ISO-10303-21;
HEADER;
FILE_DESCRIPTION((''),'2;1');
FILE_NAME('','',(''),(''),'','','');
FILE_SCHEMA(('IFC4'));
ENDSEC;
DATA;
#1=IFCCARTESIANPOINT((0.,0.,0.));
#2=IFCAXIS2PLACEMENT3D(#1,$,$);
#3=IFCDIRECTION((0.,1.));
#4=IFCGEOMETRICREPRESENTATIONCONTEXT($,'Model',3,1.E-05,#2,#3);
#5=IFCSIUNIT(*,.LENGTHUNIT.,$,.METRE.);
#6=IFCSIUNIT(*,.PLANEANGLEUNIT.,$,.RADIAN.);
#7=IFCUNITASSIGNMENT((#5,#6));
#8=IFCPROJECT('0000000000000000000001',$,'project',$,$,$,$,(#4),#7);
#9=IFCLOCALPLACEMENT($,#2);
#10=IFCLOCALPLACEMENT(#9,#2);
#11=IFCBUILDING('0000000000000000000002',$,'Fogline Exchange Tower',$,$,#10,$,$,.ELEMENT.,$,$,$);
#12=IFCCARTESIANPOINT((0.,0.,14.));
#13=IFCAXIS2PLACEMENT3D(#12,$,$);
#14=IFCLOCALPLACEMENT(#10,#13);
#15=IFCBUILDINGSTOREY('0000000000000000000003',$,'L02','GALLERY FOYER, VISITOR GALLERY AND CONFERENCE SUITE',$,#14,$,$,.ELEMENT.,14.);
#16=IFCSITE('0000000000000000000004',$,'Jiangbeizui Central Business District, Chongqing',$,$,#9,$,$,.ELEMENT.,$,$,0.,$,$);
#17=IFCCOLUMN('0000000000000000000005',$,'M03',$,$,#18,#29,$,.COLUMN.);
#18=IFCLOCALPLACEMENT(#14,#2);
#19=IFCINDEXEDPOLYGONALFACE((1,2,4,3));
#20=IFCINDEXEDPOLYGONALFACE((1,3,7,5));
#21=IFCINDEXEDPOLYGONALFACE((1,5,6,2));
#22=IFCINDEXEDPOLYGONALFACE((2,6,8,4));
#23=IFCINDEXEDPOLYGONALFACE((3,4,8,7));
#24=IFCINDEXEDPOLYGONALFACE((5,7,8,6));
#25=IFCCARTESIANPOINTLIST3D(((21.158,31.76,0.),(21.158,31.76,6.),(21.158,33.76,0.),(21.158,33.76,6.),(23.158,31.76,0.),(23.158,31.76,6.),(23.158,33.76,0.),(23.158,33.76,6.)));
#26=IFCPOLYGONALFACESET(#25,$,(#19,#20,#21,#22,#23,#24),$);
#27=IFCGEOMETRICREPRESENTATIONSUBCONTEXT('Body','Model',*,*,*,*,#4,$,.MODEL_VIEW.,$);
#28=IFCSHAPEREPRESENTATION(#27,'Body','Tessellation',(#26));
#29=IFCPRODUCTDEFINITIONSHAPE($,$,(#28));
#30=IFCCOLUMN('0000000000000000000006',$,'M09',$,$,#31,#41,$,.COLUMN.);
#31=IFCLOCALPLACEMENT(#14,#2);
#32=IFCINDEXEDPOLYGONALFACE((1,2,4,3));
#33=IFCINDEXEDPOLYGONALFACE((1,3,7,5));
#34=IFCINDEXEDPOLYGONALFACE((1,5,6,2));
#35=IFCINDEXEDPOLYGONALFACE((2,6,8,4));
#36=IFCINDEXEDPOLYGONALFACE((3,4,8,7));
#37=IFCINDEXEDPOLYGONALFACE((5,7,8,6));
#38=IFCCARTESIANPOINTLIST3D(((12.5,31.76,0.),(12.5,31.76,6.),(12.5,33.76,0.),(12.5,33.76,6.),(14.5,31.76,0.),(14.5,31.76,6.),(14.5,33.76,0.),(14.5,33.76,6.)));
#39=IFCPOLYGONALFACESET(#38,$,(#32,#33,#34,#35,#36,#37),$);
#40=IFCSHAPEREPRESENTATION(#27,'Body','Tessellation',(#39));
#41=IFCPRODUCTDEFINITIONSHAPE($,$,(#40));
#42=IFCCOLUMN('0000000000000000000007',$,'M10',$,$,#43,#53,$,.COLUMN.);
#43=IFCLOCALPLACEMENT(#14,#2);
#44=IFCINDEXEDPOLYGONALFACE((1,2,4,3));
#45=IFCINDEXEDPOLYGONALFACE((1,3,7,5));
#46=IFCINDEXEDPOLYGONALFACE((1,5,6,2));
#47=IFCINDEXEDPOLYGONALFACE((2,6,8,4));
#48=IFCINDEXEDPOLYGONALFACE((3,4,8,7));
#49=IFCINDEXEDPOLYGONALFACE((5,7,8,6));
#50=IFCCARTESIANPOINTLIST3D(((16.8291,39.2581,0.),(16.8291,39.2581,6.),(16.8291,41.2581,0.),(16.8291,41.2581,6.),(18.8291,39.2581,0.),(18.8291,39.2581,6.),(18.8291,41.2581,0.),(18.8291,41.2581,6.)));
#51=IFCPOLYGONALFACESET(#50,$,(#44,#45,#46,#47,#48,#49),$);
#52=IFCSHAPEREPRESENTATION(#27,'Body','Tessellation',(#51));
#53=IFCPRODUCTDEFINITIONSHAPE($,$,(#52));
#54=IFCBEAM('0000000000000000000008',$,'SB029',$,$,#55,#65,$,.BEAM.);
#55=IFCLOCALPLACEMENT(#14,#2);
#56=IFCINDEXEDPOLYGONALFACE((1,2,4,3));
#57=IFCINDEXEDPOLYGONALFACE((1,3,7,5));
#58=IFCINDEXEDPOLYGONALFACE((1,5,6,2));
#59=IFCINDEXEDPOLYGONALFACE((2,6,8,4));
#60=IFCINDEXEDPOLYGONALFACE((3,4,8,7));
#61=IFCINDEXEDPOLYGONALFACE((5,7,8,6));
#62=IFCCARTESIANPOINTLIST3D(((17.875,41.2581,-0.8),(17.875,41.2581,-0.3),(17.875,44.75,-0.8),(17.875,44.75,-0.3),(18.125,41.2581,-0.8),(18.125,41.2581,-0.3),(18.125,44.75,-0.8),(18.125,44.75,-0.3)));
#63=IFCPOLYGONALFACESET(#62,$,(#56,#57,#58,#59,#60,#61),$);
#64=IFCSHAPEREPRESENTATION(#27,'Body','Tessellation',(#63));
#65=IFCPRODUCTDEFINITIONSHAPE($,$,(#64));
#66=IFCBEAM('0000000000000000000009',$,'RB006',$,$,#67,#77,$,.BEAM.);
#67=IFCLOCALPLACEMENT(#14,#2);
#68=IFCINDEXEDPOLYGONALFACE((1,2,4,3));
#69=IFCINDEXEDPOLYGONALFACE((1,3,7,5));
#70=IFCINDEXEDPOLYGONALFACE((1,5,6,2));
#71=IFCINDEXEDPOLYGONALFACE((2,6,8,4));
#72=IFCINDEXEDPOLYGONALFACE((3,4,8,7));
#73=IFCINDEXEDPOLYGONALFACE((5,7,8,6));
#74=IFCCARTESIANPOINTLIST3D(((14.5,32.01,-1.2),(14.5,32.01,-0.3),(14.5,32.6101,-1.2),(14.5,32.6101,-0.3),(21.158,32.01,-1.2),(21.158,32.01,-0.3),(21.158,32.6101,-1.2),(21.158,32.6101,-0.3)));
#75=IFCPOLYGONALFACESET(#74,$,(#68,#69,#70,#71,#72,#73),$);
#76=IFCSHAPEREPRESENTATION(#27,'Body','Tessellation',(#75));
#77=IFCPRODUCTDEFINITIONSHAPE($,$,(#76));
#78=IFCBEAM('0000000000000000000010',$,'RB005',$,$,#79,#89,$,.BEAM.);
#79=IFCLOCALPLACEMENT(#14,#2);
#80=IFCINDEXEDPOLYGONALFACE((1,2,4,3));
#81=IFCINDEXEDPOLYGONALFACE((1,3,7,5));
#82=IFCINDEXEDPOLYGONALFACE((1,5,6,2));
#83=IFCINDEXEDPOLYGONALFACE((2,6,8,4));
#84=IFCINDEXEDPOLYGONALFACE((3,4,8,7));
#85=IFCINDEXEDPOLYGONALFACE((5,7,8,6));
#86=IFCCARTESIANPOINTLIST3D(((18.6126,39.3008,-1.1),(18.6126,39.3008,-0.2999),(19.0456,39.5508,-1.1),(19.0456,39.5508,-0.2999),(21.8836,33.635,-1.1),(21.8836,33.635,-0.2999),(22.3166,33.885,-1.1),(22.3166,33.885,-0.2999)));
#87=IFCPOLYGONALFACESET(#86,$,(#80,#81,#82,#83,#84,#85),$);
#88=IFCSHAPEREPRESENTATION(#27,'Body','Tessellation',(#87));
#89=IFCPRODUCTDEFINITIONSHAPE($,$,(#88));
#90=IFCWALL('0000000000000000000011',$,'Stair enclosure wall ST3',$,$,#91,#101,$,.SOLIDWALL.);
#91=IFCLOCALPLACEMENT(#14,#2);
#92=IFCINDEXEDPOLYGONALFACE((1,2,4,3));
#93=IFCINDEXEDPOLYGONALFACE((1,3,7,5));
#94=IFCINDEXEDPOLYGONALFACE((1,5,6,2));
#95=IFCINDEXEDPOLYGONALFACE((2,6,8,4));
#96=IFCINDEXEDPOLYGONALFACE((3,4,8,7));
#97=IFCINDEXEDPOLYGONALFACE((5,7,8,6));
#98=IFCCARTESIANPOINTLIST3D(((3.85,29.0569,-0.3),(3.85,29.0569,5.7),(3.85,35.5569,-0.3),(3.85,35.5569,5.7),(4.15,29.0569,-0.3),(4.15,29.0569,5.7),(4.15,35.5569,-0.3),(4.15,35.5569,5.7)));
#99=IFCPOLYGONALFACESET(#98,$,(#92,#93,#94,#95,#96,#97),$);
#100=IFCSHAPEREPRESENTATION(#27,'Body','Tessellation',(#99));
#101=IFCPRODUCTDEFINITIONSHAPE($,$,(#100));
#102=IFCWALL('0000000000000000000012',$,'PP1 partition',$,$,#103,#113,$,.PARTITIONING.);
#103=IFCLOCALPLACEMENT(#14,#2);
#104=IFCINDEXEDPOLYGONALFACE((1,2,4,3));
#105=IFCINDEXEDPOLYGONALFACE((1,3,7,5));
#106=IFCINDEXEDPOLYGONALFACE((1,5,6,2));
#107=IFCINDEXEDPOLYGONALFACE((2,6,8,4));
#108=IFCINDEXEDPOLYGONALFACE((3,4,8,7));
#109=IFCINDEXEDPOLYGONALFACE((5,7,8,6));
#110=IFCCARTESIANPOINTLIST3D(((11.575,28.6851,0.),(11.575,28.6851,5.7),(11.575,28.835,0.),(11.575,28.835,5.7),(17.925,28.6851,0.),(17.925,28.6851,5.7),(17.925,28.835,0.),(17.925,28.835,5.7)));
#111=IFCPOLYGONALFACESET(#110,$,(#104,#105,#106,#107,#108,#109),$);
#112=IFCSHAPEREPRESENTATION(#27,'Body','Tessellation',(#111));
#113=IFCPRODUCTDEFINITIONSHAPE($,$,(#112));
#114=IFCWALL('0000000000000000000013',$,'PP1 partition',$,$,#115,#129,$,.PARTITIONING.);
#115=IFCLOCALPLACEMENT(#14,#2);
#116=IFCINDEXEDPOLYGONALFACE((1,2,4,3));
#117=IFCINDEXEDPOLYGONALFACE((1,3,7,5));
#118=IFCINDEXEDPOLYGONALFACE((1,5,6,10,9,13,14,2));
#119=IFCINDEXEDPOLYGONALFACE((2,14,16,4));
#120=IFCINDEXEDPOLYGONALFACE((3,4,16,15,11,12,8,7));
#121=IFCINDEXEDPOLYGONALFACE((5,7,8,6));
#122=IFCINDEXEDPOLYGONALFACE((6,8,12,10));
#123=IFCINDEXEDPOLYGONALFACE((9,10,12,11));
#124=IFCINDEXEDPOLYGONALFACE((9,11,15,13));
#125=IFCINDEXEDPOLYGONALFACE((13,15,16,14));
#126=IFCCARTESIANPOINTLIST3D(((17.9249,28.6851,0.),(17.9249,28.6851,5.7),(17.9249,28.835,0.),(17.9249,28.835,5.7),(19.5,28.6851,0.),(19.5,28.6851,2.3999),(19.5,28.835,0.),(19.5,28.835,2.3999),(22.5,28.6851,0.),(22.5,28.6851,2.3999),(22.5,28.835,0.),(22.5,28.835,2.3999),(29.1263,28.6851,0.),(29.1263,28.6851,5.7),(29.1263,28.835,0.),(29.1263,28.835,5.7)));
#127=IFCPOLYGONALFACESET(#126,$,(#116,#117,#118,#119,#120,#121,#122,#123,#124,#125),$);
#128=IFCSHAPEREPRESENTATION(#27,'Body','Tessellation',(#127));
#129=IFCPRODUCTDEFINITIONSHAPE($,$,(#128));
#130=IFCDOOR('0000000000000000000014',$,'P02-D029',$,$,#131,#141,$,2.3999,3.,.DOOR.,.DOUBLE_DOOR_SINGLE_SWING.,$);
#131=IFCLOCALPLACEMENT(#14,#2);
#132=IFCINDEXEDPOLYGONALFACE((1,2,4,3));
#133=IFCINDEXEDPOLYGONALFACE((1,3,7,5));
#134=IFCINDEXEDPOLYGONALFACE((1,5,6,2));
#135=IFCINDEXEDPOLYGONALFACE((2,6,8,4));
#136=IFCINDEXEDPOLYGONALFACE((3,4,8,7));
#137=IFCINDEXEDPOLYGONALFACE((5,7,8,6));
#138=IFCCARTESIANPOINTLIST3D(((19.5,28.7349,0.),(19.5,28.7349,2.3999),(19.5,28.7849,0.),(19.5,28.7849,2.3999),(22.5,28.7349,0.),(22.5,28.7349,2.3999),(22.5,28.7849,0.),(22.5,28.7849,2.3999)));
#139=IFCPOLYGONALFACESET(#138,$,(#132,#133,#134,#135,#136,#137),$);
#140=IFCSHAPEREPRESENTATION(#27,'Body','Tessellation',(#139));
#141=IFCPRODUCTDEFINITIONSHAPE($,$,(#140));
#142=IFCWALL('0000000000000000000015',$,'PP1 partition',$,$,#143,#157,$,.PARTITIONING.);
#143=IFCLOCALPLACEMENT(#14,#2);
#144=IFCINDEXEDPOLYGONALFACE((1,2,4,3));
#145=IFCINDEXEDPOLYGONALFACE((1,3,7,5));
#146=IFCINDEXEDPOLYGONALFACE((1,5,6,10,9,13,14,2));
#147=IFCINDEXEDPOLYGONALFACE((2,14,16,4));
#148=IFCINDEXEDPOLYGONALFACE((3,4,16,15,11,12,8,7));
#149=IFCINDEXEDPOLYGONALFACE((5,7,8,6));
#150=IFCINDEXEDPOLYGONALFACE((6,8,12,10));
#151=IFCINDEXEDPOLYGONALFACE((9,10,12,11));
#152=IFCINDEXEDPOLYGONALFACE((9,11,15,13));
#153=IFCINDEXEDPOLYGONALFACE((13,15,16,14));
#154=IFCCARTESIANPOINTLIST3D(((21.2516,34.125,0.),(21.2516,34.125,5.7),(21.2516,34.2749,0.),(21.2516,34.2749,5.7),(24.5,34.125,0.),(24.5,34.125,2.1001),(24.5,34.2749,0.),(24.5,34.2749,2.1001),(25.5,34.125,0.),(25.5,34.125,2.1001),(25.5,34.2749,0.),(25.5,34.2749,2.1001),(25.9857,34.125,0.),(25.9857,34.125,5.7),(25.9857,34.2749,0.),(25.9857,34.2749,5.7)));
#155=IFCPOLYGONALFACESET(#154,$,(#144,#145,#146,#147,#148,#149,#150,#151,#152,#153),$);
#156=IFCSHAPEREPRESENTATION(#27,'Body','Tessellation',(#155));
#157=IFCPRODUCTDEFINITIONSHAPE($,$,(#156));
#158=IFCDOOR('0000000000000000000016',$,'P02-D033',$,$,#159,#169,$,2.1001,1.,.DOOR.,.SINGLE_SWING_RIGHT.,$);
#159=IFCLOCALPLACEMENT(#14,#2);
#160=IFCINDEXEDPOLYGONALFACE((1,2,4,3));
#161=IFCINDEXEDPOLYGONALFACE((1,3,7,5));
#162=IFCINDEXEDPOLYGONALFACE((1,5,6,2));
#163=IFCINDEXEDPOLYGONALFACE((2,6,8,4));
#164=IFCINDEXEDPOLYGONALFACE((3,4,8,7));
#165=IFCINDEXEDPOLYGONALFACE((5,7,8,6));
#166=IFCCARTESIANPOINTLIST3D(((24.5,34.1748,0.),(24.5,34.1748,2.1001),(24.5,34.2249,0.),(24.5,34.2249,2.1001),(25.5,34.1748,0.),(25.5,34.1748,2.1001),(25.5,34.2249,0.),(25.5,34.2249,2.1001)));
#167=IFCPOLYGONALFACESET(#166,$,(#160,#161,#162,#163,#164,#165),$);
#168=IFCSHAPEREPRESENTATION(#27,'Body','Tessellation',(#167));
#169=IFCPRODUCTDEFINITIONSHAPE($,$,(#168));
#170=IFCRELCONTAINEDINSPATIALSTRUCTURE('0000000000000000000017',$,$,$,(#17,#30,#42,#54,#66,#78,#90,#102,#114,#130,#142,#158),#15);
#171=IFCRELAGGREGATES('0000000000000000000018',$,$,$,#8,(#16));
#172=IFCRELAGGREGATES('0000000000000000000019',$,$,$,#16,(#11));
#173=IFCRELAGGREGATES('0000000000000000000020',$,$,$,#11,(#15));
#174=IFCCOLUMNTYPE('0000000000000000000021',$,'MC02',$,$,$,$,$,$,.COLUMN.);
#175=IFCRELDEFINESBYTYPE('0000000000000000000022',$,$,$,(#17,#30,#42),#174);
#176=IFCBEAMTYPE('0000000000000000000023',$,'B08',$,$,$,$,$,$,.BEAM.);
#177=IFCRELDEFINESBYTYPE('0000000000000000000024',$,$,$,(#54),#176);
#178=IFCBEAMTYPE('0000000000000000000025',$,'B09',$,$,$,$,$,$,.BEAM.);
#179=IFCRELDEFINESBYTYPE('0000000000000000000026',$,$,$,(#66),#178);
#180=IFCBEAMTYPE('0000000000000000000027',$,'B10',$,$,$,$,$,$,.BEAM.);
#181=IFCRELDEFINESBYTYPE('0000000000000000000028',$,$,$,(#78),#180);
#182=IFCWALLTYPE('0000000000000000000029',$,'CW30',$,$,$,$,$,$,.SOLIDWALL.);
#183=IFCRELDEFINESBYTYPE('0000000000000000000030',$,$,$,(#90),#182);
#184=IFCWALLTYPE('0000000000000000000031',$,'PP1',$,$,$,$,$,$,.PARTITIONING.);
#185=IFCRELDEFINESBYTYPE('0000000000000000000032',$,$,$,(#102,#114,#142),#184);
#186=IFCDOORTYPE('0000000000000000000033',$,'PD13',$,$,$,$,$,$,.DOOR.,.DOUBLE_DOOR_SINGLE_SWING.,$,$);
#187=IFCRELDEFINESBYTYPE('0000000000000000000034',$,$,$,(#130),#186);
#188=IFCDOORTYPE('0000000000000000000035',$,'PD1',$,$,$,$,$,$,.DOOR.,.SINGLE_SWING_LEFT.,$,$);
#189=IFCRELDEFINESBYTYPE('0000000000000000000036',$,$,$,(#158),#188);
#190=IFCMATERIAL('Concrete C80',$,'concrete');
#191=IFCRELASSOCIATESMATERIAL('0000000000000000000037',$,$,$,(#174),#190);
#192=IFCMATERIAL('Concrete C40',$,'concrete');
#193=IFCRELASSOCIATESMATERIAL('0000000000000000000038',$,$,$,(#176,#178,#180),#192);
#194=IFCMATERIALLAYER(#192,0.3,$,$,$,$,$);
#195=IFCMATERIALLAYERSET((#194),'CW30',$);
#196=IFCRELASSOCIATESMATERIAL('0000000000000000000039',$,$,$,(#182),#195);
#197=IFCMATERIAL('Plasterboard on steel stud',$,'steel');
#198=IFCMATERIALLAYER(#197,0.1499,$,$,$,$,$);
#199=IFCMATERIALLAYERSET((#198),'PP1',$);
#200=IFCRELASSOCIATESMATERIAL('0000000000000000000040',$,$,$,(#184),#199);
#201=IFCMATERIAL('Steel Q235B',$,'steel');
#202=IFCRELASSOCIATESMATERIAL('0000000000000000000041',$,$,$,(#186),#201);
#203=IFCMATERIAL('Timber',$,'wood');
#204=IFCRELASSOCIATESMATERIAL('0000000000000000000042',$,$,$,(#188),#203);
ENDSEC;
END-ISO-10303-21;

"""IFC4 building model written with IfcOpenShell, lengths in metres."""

from ifc_helpers import new_model, si_unit, direction, frame, frame_2d, origin, origin_2d, place, context, subcontext, project, spatial, rectangle, extrude, material, layer, layer_set, material_profile, profile_set, type_object, element, fill, save


model = new_model("IFC4")

# Units and contexts
model_context = context("Model", 3, precision=1e-05, world=origin(), true_north=direction((0.0, 1.0)))
body_context = subcontext(model_context, "Body", "Model", "MODEL_VIEW")
ifc_project = project(units=[si_unit("LENGTHUNIT", "METRE"), si_unit("PLANEANGLEUNIT", "RADIAN")], contexts=[model_context])

# Site, building, storey
site_placement = place(None, origin())
site = spatial("IfcSite", under=ifc_project, at=site_placement, Name="Jiangbeizui Central Business District, Chongqing", CompositionType="ELEMENT", RefElevation=0.0)
building_placement = place(site_placement, origin())
building = spatial("IfcBuilding", under=site, at=building_placement, Name="Fogline Exchange Tower", CompositionType="ELEMENT")
storey_placement = place(building_placement, frame((0.0, 0.0, 14.0)))
storey = spatial("IfcBuildingStorey", under=building, at=storey_placement, Name="L02", Description="GALLERY FOYER, VISITOR GALLERY AND CONFERENCE SUITE", CompositionType="ELEMENT", Elevation=14.0)

# Columns
ifc_material_1 = material(Name="Concrete C80", Category="concrete")
ifc_material_profile_1 = material_profile(ifc_material_1, rectangle(XDim=2.0, YDim=2.0, at=origin_2d()), Name="RC 2000x2000")
ifc_profile_set_1 = profile_set([ifc_material_profile_1], Name="Concrete C80")
column_type = type_object("IfcColumnType", Name="MC02", PredefinedType="COLUMN", material=ifc_profile_set_1)
for number, where, z_axis, x_axis, name in (
    (1, (22.158, 32.76, 0.0), (0.0, 0.0, 1.0), (1.0, 0.0, 0.0), "M03"),
    (2, (13.5, 32.76, 0.0), (0.0, 0.0, 1.0), (1.0, 0.0, 0.0), "M09"),
    (3, (17.8291, 40.2581, 0.0), (0.0, 0.0, 1.0), (1.0, 0.0, 0.0), "M10"),
):
    element("IfcColumn", number, at=place(storey_placement, frame(where, z_axis=z_axis, x_axis=x_axis)), inside=storey, type_object=column_type, Name=name, PredefinedType="COLUMN", context=body_context, shape_type="SweptSolid", body=[
        extrude(rectangle(XDim=2.0, YDim=2.0, at=origin_2d()), origin(), (0.0, 0.0, 1.0), 6.0),
    ])

# Beams
ifc_material_2 = material(Name="Concrete C40", Category="concrete")
ifc_material_profile_2 = material_profile(ifc_material_2, rectangle(XDim=0.25, YDim=0.5, at=origin_2d()), Name="RC 250x500")
ifc_profile_set_2 = profile_set([ifc_material_profile_2], Name="Concrete C40")
beam_type_1 = type_object("IfcBeamType", Name="B08", PredefinedType="BEAM", material=ifc_profile_set_2)
beam_1_placement = place(storey_placement, frame((18.0, 41.2581, -0.55), z_axis=(0.0, 1.0, 0.0), x_axis=(-1.0, 0.0, 0.0)))
element("IfcBeam", 4, at=beam_1_placement, inside=storey, type_object=beam_type_1, Name="SB029", PredefinedType="BEAM", context=body_context, shape_type="SweptSolid", body=[
    extrude(rectangle(XDim=0.25, YDim=0.5, at=origin_2d()), origin(), (0.0, 0.0, 1.0), 3.4919),
])
ifc_material_profile_3 = material_profile(ifc_material_2, rectangle(XDim=0.6001, YDim=0.8999, at=origin_2d()), Name="RC 600x900")
ifc_profile_set_3 = profile_set([ifc_material_profile_3], Name="Concrete C40")
beam_type_2 = type_object("IfcBeamType", Name="B09", PredefinedType="BEAM", material=ifc_profile_set_3)
beam_2_placement = place(storey_placement, frame((21.158, 32.3101, -0.75), z_axis=(-1.0, 0.0, 0.0), x_axis=(0.0, -1.0, 0.0)))
element("IfcBeam", 5, at=beam_2_placement, inside=storey, type_object=beam_type_2, Name="RB006", PredefinedType="BEAM", context=body_context, shape_type="SweptSolid", body=[
    extrude(rectangle(XDim=0.6001, YDim=0.8999, at=origin_2d()), origin(), (0.0, 0.0, 1.0), 6.658),
])
ifc_material_profile_4 = material_profile(ifc_material_2, rectangle(XDim=0.5, YDim=0.8, at=origin_2d()), Name="RC 500x800")
ifc_profile_set_4 = profile_set([ifc_material_profile_4], Name="Concrete C40")
beam_type_3 = type_object("IfcBeamType", Name="B10", PredefinedType="BEAM", material=ifc_profile_set_4)
beam_3_placement = place(storey_placement, frame((18.8291, 39.4258, -0.7), z_axis=(0.499984, -0.866035, 0.0), x_axis=(0.866035, 0.499984, 0.0)))
element("IfcBeam", 6, at=beam_3_placement, inside=storey, type_object=beam_type_3, Name="RB005", PredefinedType="BEAM", context=body_context, shape_type="SweptSolid", body=[
    extrude(rectangle(XDim=0.5, YDim=0.8, at=origin_2d()), origin(), (0.0, 0.0, 1.0), 6.5422),
])

# Wall
ifc_layer_1 = layer(ifc_material_2, 0.3)
ifc_layer_set_1 = layer_set([ifc_layer_1], Name="CW30")
wall_type_1 = type_object("IfcWallType", Name="CW30", PredefinedType="SOLIDWALL", material=ifc_layer_set_1)
wall_1_placement = place(storey_placement, frame((4.0, 29.0569, -0.3), z_axis=(0.0, 0.0, 1.0), x_axis=(0.0, 1.0, 0.0)))
element("IfcWall", 7, at=wall_1_placement, inside=storey, type_object=wall_type_1, Name="Stair enclosure wall ST3", PredefinedType="SOLIDWALL", context=body_context, shape_type="SweptSolid", body=[
    extrude(rectangle(XDim=6.5, YDim=0.3, at=frame_2d((3.25, 0.0))), origin(), (0.0, 0.0, 1.0), 6.0),
])

# Shared definitions
ifc_material_3 = material(Name="Plasterboard on steel stud", Category="steel")
ifc_layer_2 = layer(ifc_material_3, 0.1499)
ifc_layer_set_2 = layer_set([ifc_layer_2], Name="PP1")
wall_type_2 = type_object("IfcWallType", Name="PP1", PredefinedType="PARTITIONING", material=ifc_layer_set_2)
ifc_material_4 = material(Name="Steel Q235B", Category="steel")
door_type_1 = type_object("IfcDoorType", Name="PD13", OperationType="DOUBLE_DOOR_SINGLE_SWING", PredefinedType="DOOR", material=ifc_material_4)

# Wall
wall_2_placement = place(storey_placement, frame((11.575, 28.76, 0.0), z_axis=(0.0, 0.0, 1.0), x_axis=(1.0, 0.0, 0.0)))
element("IfcWall", 8, at=wall_2_placement, inside=storey, type_object=wall_type_2, Name="PP1 partition", PredefinedType="PARTITIONING", context=body_context, shape_type="SweptSolid", body=[
    extrude(rectangle(XDim=6.3501, YDim=0.1499, at=frame_2d((3.175, 0.0))), origin(), (0.0, 0.0, 1.0), 5.7),
])

# Walls, openings, doors
wall_3_placement = place(storey_placement, frame((17.925, 28.76, 0.0), z_axis=(0.0, 0.0, 1.0), x_axis=(1.0, 0.0, 0.0)))
wall_3 = element("IfcWall", 9, at=wall_3_placement, inside=storey, type_object=wall_type_2, Name="PP1 partition", PredefinedType="PARTITIONING", context=body_context, shape_type="SweptSolid", body=[
    extrude(rectangle(XDim=11.2014, YDim=0.1499, at=frame_2d((5.6006, 0.0))), origin(), (0.0, 0.0, 1.0), 5.7),
])
opening_1_placement = place(wall_3_placement, frame((1.575, 0.0, 0.0)))
opening_1 = element("IfcOpeningElement", 10, at=opening_1_placement, cuts=wall_3, PredefinedType="OPENING", context=body_context, shape_type="SweptSolid", body=[
    extrude(rectangle(XDim=3.0, YDim=2.3999, at=frame_2d((1.5, 1.2))), frame((0.0, 0.085, 0.0), z_axis=(0.0, -1.0, 0.0), x_axis=(1.0, 0.0, 0.0)), (0.0, 0.0, 1.0), 0.1699),
])
door_1_placement = place(opening_1_placement, origin())
door_1 = element("IfcDoor", 11, at=door_1_placement, inside=storey, type_object=door_type_1, Name="P02-D029", OperationType="DOUBLE_DOOR_SINGLE_SWING", OverallHeight=2.3999, OverallWidth=3.0, PredefinedType="DOOR", context=body_context, shape_type="SweptSolid", body=[
    extrude(rectangle(XDim=3.0, YDim=2.3999, at=frame_2d((1.5, 1.2))), frame((0.0, 0.0249, 0.0), z_axis=(0.0, -1.0, 0.0), x_axis=(1.0, 0.0, 0.0)), (0.0, 0.0, 1.0), 0.05),
])
fill(opening_1, door_1)
wall_4_placement = place(storey_placement, frame((21.2515, 34.2, 0.0), z_axis=(0.0, 0.0, 1.0), x_axis=(1.0, 0.0, 0.0)))
wall_4 = element("IfcWall", 12, at=wall_4_placement, inside=storey, type_object=wall_type_2, Name="PP1 partition", PredefinedType="PARTITIONING", context=body_context, shape_type="SweptSolid", body=[
    extrude(rectangle(XDim=4.7341, YDim=0.1499, at=frame_2d((2.3672, 0.0))), origin(), (0.0, 0.0, 1.0), 5.7),
])
opening_2_placement = place(wall_4_placement, frame((3.2485, 0.0, 0.0)))
opening_2 = element("IfcOpeningElement", 13, at=opening_2_placement, cuts=wall_4, PredefinedType="OPENING", context=body_context, shape_type="SweptSolid", body=[
    extrude(rectangle(XDim=1.0, YDim=2.1001, at=frame_2d((0.5, 1.05))), frame((0.0, 0.085, 0.0), z_axis=(0.0, -1.0, 0.0), x_axis=(1.0, 0.0, 0.0)), (0.0, 0.0, 1.0), 0.1699),
])
ifc_material_5 = material(Name="Timber", Category="wood")
door_type_2 = type_object("IfcDoorType", Name="PD1", OperationType="SINGLE_SWING_LEFT", PredefinedType="DOOR", material=ifc_material_5)
door_2_placement = place(opening_2_placement, origin())
door_2 = element("IfcDoor", 14, at=door_2_placement, inside=storey, type_object=door_type_2, Name="P02-D033", OperationType="SINGLE_SWING_RIGHT", OverallHeight=2.1001, OverallWidth=1.0, PredefinedType="DOOR", context=body_context, shape_type="SweptSolid", body=[
    extrude(rectangle(XDim=1.0, YDim=2.1001, at=frame_2d((0.5, 1.05))), frame((0.0, 0.0249, 0.0), z_axis=(0.0, -1.0, 0.0), x_axis=(1.0, 0.0, 0.0)), (0.0, 0.0, 1.0), 0.05),
])
fill(opening_2, door_2)

save(model, "model.ifc")
